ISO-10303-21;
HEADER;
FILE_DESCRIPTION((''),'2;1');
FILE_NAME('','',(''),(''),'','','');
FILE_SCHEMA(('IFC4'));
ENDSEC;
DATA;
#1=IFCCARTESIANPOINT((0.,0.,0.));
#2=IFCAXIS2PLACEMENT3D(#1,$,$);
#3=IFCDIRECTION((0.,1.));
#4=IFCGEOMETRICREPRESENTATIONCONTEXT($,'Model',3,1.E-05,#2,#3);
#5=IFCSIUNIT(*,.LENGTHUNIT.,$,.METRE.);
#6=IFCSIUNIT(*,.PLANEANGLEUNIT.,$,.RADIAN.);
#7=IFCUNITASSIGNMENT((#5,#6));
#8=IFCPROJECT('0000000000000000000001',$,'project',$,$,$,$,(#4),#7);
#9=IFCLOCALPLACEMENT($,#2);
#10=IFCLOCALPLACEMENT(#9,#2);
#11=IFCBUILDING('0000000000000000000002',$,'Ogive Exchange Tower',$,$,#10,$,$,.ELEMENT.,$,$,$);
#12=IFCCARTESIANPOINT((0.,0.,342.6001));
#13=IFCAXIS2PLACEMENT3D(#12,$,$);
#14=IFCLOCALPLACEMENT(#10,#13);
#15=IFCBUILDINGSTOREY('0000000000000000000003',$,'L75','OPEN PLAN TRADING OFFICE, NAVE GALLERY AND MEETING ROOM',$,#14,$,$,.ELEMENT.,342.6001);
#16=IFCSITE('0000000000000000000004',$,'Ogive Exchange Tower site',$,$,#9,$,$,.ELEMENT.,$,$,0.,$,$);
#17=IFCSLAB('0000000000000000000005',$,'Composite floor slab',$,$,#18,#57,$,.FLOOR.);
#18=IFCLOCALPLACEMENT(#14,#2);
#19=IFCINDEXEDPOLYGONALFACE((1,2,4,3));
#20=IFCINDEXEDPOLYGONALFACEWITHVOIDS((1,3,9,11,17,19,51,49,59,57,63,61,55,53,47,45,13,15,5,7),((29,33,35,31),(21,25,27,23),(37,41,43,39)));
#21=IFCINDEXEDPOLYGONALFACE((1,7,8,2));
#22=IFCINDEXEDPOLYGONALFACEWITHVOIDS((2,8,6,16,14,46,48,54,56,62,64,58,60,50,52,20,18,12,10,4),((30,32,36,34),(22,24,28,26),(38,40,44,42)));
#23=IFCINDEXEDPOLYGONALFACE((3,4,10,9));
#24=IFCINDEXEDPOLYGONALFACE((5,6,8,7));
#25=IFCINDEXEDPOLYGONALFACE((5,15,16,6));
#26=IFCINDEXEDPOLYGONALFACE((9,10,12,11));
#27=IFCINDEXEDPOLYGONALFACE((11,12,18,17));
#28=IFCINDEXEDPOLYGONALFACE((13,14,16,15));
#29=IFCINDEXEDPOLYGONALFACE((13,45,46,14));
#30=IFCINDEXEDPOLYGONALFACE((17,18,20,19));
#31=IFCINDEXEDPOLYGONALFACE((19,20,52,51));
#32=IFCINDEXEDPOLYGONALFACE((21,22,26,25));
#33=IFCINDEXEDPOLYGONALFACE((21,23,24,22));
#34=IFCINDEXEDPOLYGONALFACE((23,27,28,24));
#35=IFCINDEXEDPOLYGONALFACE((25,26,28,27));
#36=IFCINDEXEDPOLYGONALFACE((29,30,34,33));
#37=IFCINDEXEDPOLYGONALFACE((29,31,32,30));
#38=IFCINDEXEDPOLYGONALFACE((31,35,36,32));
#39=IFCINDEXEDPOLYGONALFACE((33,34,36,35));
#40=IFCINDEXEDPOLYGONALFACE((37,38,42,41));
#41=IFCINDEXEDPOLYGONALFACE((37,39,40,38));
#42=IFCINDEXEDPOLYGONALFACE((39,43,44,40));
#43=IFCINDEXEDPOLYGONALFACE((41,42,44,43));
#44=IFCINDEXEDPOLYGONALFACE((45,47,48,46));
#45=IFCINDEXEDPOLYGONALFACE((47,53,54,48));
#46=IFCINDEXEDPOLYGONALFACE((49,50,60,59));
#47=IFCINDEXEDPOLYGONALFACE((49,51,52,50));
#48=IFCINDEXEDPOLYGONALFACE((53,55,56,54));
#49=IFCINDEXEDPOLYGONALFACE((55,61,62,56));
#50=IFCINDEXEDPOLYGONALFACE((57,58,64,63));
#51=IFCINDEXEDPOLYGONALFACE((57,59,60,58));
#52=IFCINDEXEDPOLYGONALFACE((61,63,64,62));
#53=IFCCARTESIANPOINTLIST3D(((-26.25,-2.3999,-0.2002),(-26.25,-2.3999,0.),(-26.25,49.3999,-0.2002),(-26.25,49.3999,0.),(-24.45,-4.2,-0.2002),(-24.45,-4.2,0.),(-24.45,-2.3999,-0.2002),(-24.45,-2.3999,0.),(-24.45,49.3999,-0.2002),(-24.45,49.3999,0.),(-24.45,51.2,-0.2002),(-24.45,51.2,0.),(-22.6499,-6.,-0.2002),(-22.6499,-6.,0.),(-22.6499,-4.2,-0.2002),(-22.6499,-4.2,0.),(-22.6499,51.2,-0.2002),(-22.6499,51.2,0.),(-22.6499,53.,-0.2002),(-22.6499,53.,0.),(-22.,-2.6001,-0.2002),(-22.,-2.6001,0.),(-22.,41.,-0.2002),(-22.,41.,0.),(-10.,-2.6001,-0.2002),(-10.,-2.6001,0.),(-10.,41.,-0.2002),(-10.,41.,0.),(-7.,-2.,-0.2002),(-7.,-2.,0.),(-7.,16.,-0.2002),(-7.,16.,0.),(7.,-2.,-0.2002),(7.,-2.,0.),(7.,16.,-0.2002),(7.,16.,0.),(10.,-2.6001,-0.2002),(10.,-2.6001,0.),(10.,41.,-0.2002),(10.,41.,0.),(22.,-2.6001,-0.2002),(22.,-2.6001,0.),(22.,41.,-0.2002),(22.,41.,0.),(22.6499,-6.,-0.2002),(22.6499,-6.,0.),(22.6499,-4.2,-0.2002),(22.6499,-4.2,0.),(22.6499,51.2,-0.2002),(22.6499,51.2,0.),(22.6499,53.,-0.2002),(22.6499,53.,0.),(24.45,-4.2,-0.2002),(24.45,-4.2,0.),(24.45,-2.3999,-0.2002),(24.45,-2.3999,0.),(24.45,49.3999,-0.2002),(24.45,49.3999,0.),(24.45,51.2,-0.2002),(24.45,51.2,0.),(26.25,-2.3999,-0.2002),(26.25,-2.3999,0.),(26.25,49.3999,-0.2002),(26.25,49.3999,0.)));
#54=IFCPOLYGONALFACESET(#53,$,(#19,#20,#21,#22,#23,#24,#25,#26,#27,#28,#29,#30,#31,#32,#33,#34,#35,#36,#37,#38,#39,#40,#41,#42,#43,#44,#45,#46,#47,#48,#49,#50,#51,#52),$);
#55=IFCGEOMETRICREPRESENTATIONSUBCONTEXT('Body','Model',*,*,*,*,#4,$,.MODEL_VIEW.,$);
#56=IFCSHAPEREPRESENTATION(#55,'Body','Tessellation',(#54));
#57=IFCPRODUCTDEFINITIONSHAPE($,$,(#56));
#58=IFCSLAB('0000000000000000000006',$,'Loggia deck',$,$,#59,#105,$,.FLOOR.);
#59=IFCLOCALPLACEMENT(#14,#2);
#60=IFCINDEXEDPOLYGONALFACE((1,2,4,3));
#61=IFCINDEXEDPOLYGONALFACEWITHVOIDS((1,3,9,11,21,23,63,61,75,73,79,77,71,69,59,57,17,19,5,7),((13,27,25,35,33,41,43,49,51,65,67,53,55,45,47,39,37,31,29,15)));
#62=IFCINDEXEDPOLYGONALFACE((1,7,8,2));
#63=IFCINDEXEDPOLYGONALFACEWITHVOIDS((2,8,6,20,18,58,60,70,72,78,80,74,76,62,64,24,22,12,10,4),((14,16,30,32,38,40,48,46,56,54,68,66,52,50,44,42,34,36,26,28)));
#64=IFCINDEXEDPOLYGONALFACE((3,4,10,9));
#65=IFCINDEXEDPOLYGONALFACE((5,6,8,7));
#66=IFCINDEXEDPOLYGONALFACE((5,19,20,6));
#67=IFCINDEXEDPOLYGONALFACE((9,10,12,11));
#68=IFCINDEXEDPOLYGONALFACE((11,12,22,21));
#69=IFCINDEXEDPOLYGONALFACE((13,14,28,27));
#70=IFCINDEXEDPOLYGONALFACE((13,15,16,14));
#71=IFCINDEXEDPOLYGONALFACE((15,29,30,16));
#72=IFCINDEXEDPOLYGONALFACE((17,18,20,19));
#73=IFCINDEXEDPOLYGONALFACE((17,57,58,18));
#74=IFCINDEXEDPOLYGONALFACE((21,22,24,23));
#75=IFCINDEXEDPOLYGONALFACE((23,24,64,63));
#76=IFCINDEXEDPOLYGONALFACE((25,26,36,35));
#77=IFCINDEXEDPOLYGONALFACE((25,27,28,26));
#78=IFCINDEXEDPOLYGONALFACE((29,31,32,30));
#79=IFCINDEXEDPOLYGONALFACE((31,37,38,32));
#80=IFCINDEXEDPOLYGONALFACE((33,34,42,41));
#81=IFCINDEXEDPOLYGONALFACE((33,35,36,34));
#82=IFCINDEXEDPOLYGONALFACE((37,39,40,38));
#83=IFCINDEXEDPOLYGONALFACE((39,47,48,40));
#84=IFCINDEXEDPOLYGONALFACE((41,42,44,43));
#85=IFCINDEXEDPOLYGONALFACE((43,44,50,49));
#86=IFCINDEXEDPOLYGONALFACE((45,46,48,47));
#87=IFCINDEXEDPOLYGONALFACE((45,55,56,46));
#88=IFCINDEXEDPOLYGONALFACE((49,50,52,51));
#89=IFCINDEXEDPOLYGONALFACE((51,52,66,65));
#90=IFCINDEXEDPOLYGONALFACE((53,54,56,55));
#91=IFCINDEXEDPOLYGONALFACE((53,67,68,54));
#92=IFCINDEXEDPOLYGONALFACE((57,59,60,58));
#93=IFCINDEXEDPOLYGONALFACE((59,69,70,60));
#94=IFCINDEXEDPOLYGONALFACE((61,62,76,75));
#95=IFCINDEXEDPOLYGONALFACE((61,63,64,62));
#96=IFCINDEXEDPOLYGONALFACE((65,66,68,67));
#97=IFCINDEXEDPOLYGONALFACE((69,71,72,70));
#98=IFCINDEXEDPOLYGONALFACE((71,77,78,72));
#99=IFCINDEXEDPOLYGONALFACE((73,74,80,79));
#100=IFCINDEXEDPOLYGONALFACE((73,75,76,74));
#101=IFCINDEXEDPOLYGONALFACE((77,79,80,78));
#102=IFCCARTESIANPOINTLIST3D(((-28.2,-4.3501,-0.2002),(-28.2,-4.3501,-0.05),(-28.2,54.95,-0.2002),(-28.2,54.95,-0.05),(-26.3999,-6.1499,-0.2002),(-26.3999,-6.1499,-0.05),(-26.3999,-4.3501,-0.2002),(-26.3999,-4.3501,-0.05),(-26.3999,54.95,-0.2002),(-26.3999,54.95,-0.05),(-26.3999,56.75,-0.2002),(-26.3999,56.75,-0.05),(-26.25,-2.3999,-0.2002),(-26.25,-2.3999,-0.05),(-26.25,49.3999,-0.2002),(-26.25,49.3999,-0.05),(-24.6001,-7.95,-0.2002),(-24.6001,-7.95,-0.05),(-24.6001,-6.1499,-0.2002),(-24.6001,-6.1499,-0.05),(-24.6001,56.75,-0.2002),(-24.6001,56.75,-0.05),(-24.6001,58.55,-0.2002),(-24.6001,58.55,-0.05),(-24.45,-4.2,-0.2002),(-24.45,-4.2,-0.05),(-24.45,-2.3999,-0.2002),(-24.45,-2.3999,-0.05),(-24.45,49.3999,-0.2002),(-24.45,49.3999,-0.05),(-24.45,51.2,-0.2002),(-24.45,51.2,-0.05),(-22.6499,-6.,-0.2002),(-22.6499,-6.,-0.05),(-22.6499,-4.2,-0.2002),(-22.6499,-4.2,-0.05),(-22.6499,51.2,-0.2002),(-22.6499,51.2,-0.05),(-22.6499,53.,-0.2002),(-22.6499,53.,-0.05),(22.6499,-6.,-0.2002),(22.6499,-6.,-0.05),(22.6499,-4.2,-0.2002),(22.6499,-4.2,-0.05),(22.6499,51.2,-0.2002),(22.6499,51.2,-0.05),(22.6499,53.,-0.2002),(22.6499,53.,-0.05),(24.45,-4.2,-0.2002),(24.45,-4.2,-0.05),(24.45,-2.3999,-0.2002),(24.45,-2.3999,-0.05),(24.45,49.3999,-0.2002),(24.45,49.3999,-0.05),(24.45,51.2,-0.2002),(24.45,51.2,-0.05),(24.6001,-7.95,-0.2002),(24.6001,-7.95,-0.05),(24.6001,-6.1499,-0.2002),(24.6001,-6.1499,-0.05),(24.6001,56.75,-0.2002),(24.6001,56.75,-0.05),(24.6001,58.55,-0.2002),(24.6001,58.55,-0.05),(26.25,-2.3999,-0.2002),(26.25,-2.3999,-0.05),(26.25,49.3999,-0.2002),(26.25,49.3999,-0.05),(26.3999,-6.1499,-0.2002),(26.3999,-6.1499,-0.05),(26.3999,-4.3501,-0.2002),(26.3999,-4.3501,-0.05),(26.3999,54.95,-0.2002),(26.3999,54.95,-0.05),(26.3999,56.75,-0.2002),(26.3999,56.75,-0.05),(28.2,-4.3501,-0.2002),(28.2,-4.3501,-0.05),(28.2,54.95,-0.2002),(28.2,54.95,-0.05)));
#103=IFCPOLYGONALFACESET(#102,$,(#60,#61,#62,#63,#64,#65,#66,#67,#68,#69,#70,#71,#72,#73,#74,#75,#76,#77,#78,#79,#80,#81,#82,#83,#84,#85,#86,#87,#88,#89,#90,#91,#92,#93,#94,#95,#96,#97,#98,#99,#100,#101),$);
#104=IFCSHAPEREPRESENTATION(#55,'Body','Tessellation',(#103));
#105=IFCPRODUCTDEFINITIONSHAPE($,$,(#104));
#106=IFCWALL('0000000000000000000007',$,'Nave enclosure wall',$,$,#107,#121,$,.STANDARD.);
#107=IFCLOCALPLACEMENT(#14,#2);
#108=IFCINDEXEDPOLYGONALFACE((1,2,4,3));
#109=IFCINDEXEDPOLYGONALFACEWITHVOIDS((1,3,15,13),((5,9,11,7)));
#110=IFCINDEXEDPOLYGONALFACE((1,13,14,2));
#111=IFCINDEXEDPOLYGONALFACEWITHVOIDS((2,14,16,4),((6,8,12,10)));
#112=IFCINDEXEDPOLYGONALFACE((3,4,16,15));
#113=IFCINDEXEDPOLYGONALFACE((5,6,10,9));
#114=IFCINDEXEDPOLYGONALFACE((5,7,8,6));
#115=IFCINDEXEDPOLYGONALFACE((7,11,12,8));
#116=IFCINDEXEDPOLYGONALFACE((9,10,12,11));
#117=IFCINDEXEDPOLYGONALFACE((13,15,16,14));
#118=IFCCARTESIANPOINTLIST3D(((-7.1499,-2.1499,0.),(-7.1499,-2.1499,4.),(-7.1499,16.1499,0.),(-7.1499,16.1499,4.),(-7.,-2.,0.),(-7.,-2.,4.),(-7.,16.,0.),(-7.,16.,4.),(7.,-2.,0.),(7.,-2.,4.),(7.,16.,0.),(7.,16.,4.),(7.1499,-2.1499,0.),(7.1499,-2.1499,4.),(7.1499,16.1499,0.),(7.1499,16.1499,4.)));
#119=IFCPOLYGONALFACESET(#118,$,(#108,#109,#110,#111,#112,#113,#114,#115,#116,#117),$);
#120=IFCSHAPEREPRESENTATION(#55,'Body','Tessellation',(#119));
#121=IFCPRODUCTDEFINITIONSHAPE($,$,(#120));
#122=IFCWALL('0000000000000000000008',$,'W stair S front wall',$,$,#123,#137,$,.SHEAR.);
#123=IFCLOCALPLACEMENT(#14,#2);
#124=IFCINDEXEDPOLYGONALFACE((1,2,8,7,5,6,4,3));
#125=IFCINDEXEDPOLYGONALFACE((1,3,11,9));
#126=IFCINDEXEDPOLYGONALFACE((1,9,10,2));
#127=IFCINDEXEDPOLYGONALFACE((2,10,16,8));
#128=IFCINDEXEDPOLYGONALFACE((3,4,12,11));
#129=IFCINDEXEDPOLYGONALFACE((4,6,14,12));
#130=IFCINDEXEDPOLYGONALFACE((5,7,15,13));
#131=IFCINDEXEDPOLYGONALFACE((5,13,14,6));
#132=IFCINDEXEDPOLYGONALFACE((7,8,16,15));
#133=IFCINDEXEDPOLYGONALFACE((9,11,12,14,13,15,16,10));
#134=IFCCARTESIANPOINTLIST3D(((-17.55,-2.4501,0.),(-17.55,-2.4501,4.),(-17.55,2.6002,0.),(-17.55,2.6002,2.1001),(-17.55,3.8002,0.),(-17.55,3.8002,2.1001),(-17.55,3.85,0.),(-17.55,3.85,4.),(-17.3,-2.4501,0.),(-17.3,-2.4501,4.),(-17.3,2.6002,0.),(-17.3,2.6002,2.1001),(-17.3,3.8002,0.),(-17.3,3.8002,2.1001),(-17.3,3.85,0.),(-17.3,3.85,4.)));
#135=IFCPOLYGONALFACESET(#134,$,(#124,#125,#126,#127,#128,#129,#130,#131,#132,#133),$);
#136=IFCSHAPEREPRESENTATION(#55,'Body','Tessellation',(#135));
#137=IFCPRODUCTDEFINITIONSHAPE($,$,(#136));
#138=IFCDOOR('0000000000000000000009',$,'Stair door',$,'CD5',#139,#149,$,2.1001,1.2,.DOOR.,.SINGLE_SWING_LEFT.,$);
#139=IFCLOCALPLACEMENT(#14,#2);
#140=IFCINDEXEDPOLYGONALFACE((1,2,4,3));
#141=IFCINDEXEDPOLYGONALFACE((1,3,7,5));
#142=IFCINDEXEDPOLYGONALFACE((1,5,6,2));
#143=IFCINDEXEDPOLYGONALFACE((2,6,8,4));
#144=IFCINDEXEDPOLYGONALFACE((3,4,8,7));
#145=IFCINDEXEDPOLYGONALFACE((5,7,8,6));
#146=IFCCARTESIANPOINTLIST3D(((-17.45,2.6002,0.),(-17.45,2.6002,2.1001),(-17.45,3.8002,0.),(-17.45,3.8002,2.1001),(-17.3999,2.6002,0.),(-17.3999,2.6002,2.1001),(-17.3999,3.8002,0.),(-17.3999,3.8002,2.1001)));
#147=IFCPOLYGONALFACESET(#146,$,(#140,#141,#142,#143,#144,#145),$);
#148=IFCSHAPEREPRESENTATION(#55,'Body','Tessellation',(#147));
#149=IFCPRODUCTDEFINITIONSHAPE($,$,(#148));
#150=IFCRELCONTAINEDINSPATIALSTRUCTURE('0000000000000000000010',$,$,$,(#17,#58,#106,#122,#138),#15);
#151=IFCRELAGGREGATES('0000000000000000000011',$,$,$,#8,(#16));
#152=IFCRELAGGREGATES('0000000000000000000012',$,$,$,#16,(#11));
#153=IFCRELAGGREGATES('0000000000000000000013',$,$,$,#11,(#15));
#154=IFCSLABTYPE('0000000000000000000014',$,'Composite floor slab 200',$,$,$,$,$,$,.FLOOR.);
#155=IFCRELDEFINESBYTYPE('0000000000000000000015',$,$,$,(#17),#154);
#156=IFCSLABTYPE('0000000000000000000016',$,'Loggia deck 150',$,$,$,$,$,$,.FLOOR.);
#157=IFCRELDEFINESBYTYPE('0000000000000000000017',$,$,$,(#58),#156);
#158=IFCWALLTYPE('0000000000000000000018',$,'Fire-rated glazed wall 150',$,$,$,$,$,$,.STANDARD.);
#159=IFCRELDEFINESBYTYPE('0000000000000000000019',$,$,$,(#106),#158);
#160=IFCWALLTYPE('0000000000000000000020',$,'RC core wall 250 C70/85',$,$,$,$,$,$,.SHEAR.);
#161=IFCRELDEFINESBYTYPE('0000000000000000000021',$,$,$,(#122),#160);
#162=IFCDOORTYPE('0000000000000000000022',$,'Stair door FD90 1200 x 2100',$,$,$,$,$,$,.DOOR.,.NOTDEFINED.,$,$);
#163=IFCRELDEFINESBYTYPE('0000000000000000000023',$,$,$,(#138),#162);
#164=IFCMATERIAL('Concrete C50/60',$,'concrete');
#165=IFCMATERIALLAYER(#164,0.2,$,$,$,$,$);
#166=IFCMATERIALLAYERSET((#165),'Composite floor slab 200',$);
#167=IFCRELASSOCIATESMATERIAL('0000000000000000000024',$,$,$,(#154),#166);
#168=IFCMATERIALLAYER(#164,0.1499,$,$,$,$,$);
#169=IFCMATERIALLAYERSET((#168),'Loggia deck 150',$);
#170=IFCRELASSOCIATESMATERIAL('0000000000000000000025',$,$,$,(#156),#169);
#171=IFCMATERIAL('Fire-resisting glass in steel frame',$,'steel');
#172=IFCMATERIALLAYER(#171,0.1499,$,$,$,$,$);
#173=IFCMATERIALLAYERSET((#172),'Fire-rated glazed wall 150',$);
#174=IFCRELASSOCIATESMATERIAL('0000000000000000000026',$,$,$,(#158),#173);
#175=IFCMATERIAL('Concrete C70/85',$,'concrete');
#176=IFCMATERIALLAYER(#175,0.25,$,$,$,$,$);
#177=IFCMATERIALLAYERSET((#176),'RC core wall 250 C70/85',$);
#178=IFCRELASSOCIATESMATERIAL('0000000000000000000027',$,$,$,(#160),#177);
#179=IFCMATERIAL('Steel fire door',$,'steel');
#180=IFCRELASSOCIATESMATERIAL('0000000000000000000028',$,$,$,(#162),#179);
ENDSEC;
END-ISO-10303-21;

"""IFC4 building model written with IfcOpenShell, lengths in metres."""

from ifc_helpers import new_model, si_unit, direction, frame, frame_2d, origin, place, context, subcontext, project, spatial, polyline, rectangle, outline, extrude, material, layer, layer_set, type_object, element, fill, save


model = new_model("IFC4")

# Units and contexts
model_context = context("Model", 3, precision=1e-05, world=origin(), true_north=direction((0.0, 1.0)))
body_context = subcontext(model_context, "Body", "Model", "MODEL_VIEW")
ifc_project = project(units=[si_unit("LENGTHUNIT", "METRE"), si_unit("PLANEANGLEUNIT", "RADIAN")], contexts=[model_context])

# Site, building, storey
site_placement = place(None, origin())
site = spatial("IfcSite", under=ifc_project, at=site_placement, Name="Ogive Exchange Tower site", CompositionType="ELEMENT", RefElevation=0.0)
building_placement = place(site_placement, origin())
building = spatial("IfcBuilding", under=site, at=building_placement, Name="Ogive Exchange Tower", CompositionType="ELEMENT")
storey_placement = place(building_placement, frame((0.0, 0.0, 342.6001)))
storey = spatial("IfcBuildingStorey", under=building, at=storey_placement, Name="L75", Description="OPEN PLAN TRADING OFFICE, NAVE GALLERY AND MEETING ROOM", CompositionType="ELEMENT", Elevation=342.6001)

# Slabs
ifc_material_1 = material(Name="Concrete C50/60", Category="concrete")
ifc_layer_1 = layer(ifc_material_1, 0.2)
ifc_layer_set_1 = layer_set([ifc_layer_1], Name="Composite floor slab 200")
slab_type_1 = type_object("IfcSlabType", Name="Composite floor slab 200", PredefinedType="FLOOR", material=ifc_layer_set_1)
slab_1_placement = place(storey_placement, frame((0.0, 0.0, -0.2002)))
element("IfcSlab", 1, at=slab_1_placement, inside=storey, type_object=slab_type_1, Name="Composite floor slab", PredefinedType="FLOOR", context=body_context, shape_type="SweptSolid", body=[
    extrude(outline(polyline([(-22.6499, -4.2), (-24.45, -4.2), (-24.45, -2.3999), (-26.25, -2.3999), (-26.25, 49.3999), (-24.45, 49.3999), (-24.45, 51.2), (-22.6499, 51.2), (-22.6499, 53.0), (22.6499, 53.0), (22.6499, 51.2), (24.45, 51.2), (24.45, 49.3999), (26.25, 49.3999), (26.25, -2.3999), (24.45, -2.3999), (24.45, -4.2), (22.6499, -4.2), (22.6499, -6.0), (-22.6499, -6.0), (-22.6499, -4.2)]), holes=[polyline([(7.0, -2.0), (7.0, 16.0), (-7.0, 16.0), (-7.0, -2.0), (7.0, -2.0)]), polyline([(-22.0, -2.6001), (-10.0, -2.6001), (-10.0, 41.0), (-22.0, 41.0), (-22.0, -2.6001)]), polyline([(10.0, -2.6001), (22.0, -2.6001), (22.0, 41.0), (10.0, 41.0), (10.0, -2.6001)])]), origin(), (0.0, 0.0, 1.0), 0.2002),
])
ifc_layer_2 = layer(ifc_material_1, 0.1499)
ifc_layer_set_2 = layer_set([ifc_layer_2], Name="Loggia deck 150")
slab_type_2 = type_object("IfcSlabType", Name="Loggia deck 150", PredefinedType="FLOOR", material=ifc_layer_set_2)
slab_2_placement = place(storey_placement, frame((0.0, 0.0, -0.2002)))
element("IfcSlab", 2, at=slab_2_placement, inside=storey, type_object=slab_type_2, Name="Loggia deck", PredefinedType="FLOOR", context=body_context, shape_type="SweptSolid", body=[
    extrude(outline(polyline([(-24.6001, -6.1499), (-26.3999, -6.1499), (-26.3999, -4.3501), (-28.2, -4.3501), (-28.2, 54.95), (-26.3999, 54.95), (-26.3999, 56.75), (-24.6001, 56.75), (-24.6001, 58.55), (24.6001, 58.55), (24.6001, 56.75), (26.3999, 56.75), (26.3999, 54.95), (28.2, 54.95), (28.2, -4.3501), (26.3999, -4.3501), (26.3999, -6.1499), (24.6001, -6.1499), (24.6001, -7.95), (-24.6001, -7.95), (-24.6001, -6.1499)]), holes=[polyline([(22.6499, -4.2), (24.45, -4.2), (24.45, -2.3999), (26.25, -2.3999), (26.25, 49.3999), (24.45, 49.3999), (24.45, 51.2), (22.6499, 51.2), (22.6499, 53.0), (-22.6499, 53.0), (-22.6499, 51.2), (-24.45, 51.2), (-24.45, 49.3999), (-26.25, 49.3999), (-26.25, -2.3999), (-24.45, -2.3999), (-24.45, -4.2), (-22.6499, -4.2), (-22.6499, -6.0), (22.6499, -6.0), (22.6499, -4.2)])]), origin(), (0.0, 0.0, 1.0), 0.1501),
])

# Wall
ifc_material_2 = material(Name="Fire-resisting glass in steel frame", Category="steel")
ifc_layer_3 = layer(ifc_material_2, 0.1499)
ifc_layer_set_3 = layer_set([ifc_layer_3], Name="Fire-rated glazed wall 150")
wall_type_1 = type_object("IfcWallType", Name="Fire-rated glazed wall 150", PredefinedType="STANDARD", material=ifc_layer_set_3)
wall_1_placement = place(storey_placement, origin())
element("IfcWall", 3, at=wall_1_placement, inside=storey, type_object=wall_type_1, Name="Nave enclosure wall", PredefinedType="STANDARD", context=body_context, shape_type="SweptSolid", body=[
    extrude(outline(polyline([(-7.1499, -2.1499), (7.1499, -2.1499), (7.1499, 16.1499), (-7.1499, 16.1499), (-7.1499, -2.1499)]), holes=[polyline([(-7.0, -2.0), (-7.0, 16.0), (7.0, 16.0), (7.0, -2.0), (-7.0, -2.0)])]), origin(), (0.0, 0.0, 1.0), 4.0),
])

# Wall, opening, door
ifc_material_3 = material(Name="Concrete C70/85", Category="concrete")
ifc_layer_4 = layer(ifc_material_3, 0.25)
ifc_layer_set_4 = layer_set([ifc_layer_4], Name="RC core wall 250 C70/85")
wall_type_2 = type_object("IfcWallType", Name="RC core wall 250 C70/85", PredefinedType="SHEAR", material=ifc_layer_set_4)
wall_2_placement = place(storey_placement, frame((-17.425, -2.45, 0.0), z_axis=(0.0, 0.0, 1.0), x_axis=(0.0, 1.0, 0.0)))
wall_2 = element("IfcWall", 4, at=wall_2_placement, inside=storey, type_object=wall_type_2, Name="W stair S front wall", PredefinedType="SHEAR", context=body_context, shape_type="SweptSolid", body=[
    extrude(rectangle(XDim=6.3, YDim=0.25, at=frame_2d((3.1499, 0.0))), origin(), (0.0, 0.0, 1.0), 4.0),
])
opening_1_placement = place(wall_2_placement, frame((5.05, 0.0, 0.0)))
opening_1 = element("IfcOpeningElement", 5, at=opening_1_placement, cuts=wall_2, PredefinedType="OPENING", context=body_context, shape_type="SweptSolid", body=[
    extrude(rectangle(XDim=1.2, YDim=2.1001, at=frame_2d((0.6001, 1.05))), frame((0.0, 0.135, 0.0), z_axis=(0.0, -1.0, 0.0), x_axis=(1.0, 0.0, 0.0)), (0.0, 0.0, 1.0), 0.27),
])
ifc_material_4 = material(Name="Steel fire door", Category="steel")
door_type_1 = type_object("IfcDoorType", Name="Stair door FD90 1200 x 2100", OperationType="NOTDEFINED", PredefinedType="DOOR", material=ifc_material_4)
door_1_placement = place(opening_1_placement, origin())
door_1 = element("IfcDoor", 6, at=door_1_placement, inside=storey, type_object=door_type_1, Name="Stair door", ObjectType="CD5", OperationType="SINGLE_SWING_LEFT", OverallHeight=2.1001, OverallWidth=1.2, PredefinedType="DOOR", context=body_context, shape_type="SweptSolid", body=[
    extrude(rectangle(XDim=1.2, YDim=2.1001, at=frame_2d((0.6001, 1.05))), frame((0.0, 0.0249, 0.0), z_axis=(0.0, -1.0, 0.0), x_axis=(1.0, 0.0, 0.0)), (0.0, 0.0, 1.0), 0.05),
])
fill(opening_1, door_1)

save(model, "model.ifc")
